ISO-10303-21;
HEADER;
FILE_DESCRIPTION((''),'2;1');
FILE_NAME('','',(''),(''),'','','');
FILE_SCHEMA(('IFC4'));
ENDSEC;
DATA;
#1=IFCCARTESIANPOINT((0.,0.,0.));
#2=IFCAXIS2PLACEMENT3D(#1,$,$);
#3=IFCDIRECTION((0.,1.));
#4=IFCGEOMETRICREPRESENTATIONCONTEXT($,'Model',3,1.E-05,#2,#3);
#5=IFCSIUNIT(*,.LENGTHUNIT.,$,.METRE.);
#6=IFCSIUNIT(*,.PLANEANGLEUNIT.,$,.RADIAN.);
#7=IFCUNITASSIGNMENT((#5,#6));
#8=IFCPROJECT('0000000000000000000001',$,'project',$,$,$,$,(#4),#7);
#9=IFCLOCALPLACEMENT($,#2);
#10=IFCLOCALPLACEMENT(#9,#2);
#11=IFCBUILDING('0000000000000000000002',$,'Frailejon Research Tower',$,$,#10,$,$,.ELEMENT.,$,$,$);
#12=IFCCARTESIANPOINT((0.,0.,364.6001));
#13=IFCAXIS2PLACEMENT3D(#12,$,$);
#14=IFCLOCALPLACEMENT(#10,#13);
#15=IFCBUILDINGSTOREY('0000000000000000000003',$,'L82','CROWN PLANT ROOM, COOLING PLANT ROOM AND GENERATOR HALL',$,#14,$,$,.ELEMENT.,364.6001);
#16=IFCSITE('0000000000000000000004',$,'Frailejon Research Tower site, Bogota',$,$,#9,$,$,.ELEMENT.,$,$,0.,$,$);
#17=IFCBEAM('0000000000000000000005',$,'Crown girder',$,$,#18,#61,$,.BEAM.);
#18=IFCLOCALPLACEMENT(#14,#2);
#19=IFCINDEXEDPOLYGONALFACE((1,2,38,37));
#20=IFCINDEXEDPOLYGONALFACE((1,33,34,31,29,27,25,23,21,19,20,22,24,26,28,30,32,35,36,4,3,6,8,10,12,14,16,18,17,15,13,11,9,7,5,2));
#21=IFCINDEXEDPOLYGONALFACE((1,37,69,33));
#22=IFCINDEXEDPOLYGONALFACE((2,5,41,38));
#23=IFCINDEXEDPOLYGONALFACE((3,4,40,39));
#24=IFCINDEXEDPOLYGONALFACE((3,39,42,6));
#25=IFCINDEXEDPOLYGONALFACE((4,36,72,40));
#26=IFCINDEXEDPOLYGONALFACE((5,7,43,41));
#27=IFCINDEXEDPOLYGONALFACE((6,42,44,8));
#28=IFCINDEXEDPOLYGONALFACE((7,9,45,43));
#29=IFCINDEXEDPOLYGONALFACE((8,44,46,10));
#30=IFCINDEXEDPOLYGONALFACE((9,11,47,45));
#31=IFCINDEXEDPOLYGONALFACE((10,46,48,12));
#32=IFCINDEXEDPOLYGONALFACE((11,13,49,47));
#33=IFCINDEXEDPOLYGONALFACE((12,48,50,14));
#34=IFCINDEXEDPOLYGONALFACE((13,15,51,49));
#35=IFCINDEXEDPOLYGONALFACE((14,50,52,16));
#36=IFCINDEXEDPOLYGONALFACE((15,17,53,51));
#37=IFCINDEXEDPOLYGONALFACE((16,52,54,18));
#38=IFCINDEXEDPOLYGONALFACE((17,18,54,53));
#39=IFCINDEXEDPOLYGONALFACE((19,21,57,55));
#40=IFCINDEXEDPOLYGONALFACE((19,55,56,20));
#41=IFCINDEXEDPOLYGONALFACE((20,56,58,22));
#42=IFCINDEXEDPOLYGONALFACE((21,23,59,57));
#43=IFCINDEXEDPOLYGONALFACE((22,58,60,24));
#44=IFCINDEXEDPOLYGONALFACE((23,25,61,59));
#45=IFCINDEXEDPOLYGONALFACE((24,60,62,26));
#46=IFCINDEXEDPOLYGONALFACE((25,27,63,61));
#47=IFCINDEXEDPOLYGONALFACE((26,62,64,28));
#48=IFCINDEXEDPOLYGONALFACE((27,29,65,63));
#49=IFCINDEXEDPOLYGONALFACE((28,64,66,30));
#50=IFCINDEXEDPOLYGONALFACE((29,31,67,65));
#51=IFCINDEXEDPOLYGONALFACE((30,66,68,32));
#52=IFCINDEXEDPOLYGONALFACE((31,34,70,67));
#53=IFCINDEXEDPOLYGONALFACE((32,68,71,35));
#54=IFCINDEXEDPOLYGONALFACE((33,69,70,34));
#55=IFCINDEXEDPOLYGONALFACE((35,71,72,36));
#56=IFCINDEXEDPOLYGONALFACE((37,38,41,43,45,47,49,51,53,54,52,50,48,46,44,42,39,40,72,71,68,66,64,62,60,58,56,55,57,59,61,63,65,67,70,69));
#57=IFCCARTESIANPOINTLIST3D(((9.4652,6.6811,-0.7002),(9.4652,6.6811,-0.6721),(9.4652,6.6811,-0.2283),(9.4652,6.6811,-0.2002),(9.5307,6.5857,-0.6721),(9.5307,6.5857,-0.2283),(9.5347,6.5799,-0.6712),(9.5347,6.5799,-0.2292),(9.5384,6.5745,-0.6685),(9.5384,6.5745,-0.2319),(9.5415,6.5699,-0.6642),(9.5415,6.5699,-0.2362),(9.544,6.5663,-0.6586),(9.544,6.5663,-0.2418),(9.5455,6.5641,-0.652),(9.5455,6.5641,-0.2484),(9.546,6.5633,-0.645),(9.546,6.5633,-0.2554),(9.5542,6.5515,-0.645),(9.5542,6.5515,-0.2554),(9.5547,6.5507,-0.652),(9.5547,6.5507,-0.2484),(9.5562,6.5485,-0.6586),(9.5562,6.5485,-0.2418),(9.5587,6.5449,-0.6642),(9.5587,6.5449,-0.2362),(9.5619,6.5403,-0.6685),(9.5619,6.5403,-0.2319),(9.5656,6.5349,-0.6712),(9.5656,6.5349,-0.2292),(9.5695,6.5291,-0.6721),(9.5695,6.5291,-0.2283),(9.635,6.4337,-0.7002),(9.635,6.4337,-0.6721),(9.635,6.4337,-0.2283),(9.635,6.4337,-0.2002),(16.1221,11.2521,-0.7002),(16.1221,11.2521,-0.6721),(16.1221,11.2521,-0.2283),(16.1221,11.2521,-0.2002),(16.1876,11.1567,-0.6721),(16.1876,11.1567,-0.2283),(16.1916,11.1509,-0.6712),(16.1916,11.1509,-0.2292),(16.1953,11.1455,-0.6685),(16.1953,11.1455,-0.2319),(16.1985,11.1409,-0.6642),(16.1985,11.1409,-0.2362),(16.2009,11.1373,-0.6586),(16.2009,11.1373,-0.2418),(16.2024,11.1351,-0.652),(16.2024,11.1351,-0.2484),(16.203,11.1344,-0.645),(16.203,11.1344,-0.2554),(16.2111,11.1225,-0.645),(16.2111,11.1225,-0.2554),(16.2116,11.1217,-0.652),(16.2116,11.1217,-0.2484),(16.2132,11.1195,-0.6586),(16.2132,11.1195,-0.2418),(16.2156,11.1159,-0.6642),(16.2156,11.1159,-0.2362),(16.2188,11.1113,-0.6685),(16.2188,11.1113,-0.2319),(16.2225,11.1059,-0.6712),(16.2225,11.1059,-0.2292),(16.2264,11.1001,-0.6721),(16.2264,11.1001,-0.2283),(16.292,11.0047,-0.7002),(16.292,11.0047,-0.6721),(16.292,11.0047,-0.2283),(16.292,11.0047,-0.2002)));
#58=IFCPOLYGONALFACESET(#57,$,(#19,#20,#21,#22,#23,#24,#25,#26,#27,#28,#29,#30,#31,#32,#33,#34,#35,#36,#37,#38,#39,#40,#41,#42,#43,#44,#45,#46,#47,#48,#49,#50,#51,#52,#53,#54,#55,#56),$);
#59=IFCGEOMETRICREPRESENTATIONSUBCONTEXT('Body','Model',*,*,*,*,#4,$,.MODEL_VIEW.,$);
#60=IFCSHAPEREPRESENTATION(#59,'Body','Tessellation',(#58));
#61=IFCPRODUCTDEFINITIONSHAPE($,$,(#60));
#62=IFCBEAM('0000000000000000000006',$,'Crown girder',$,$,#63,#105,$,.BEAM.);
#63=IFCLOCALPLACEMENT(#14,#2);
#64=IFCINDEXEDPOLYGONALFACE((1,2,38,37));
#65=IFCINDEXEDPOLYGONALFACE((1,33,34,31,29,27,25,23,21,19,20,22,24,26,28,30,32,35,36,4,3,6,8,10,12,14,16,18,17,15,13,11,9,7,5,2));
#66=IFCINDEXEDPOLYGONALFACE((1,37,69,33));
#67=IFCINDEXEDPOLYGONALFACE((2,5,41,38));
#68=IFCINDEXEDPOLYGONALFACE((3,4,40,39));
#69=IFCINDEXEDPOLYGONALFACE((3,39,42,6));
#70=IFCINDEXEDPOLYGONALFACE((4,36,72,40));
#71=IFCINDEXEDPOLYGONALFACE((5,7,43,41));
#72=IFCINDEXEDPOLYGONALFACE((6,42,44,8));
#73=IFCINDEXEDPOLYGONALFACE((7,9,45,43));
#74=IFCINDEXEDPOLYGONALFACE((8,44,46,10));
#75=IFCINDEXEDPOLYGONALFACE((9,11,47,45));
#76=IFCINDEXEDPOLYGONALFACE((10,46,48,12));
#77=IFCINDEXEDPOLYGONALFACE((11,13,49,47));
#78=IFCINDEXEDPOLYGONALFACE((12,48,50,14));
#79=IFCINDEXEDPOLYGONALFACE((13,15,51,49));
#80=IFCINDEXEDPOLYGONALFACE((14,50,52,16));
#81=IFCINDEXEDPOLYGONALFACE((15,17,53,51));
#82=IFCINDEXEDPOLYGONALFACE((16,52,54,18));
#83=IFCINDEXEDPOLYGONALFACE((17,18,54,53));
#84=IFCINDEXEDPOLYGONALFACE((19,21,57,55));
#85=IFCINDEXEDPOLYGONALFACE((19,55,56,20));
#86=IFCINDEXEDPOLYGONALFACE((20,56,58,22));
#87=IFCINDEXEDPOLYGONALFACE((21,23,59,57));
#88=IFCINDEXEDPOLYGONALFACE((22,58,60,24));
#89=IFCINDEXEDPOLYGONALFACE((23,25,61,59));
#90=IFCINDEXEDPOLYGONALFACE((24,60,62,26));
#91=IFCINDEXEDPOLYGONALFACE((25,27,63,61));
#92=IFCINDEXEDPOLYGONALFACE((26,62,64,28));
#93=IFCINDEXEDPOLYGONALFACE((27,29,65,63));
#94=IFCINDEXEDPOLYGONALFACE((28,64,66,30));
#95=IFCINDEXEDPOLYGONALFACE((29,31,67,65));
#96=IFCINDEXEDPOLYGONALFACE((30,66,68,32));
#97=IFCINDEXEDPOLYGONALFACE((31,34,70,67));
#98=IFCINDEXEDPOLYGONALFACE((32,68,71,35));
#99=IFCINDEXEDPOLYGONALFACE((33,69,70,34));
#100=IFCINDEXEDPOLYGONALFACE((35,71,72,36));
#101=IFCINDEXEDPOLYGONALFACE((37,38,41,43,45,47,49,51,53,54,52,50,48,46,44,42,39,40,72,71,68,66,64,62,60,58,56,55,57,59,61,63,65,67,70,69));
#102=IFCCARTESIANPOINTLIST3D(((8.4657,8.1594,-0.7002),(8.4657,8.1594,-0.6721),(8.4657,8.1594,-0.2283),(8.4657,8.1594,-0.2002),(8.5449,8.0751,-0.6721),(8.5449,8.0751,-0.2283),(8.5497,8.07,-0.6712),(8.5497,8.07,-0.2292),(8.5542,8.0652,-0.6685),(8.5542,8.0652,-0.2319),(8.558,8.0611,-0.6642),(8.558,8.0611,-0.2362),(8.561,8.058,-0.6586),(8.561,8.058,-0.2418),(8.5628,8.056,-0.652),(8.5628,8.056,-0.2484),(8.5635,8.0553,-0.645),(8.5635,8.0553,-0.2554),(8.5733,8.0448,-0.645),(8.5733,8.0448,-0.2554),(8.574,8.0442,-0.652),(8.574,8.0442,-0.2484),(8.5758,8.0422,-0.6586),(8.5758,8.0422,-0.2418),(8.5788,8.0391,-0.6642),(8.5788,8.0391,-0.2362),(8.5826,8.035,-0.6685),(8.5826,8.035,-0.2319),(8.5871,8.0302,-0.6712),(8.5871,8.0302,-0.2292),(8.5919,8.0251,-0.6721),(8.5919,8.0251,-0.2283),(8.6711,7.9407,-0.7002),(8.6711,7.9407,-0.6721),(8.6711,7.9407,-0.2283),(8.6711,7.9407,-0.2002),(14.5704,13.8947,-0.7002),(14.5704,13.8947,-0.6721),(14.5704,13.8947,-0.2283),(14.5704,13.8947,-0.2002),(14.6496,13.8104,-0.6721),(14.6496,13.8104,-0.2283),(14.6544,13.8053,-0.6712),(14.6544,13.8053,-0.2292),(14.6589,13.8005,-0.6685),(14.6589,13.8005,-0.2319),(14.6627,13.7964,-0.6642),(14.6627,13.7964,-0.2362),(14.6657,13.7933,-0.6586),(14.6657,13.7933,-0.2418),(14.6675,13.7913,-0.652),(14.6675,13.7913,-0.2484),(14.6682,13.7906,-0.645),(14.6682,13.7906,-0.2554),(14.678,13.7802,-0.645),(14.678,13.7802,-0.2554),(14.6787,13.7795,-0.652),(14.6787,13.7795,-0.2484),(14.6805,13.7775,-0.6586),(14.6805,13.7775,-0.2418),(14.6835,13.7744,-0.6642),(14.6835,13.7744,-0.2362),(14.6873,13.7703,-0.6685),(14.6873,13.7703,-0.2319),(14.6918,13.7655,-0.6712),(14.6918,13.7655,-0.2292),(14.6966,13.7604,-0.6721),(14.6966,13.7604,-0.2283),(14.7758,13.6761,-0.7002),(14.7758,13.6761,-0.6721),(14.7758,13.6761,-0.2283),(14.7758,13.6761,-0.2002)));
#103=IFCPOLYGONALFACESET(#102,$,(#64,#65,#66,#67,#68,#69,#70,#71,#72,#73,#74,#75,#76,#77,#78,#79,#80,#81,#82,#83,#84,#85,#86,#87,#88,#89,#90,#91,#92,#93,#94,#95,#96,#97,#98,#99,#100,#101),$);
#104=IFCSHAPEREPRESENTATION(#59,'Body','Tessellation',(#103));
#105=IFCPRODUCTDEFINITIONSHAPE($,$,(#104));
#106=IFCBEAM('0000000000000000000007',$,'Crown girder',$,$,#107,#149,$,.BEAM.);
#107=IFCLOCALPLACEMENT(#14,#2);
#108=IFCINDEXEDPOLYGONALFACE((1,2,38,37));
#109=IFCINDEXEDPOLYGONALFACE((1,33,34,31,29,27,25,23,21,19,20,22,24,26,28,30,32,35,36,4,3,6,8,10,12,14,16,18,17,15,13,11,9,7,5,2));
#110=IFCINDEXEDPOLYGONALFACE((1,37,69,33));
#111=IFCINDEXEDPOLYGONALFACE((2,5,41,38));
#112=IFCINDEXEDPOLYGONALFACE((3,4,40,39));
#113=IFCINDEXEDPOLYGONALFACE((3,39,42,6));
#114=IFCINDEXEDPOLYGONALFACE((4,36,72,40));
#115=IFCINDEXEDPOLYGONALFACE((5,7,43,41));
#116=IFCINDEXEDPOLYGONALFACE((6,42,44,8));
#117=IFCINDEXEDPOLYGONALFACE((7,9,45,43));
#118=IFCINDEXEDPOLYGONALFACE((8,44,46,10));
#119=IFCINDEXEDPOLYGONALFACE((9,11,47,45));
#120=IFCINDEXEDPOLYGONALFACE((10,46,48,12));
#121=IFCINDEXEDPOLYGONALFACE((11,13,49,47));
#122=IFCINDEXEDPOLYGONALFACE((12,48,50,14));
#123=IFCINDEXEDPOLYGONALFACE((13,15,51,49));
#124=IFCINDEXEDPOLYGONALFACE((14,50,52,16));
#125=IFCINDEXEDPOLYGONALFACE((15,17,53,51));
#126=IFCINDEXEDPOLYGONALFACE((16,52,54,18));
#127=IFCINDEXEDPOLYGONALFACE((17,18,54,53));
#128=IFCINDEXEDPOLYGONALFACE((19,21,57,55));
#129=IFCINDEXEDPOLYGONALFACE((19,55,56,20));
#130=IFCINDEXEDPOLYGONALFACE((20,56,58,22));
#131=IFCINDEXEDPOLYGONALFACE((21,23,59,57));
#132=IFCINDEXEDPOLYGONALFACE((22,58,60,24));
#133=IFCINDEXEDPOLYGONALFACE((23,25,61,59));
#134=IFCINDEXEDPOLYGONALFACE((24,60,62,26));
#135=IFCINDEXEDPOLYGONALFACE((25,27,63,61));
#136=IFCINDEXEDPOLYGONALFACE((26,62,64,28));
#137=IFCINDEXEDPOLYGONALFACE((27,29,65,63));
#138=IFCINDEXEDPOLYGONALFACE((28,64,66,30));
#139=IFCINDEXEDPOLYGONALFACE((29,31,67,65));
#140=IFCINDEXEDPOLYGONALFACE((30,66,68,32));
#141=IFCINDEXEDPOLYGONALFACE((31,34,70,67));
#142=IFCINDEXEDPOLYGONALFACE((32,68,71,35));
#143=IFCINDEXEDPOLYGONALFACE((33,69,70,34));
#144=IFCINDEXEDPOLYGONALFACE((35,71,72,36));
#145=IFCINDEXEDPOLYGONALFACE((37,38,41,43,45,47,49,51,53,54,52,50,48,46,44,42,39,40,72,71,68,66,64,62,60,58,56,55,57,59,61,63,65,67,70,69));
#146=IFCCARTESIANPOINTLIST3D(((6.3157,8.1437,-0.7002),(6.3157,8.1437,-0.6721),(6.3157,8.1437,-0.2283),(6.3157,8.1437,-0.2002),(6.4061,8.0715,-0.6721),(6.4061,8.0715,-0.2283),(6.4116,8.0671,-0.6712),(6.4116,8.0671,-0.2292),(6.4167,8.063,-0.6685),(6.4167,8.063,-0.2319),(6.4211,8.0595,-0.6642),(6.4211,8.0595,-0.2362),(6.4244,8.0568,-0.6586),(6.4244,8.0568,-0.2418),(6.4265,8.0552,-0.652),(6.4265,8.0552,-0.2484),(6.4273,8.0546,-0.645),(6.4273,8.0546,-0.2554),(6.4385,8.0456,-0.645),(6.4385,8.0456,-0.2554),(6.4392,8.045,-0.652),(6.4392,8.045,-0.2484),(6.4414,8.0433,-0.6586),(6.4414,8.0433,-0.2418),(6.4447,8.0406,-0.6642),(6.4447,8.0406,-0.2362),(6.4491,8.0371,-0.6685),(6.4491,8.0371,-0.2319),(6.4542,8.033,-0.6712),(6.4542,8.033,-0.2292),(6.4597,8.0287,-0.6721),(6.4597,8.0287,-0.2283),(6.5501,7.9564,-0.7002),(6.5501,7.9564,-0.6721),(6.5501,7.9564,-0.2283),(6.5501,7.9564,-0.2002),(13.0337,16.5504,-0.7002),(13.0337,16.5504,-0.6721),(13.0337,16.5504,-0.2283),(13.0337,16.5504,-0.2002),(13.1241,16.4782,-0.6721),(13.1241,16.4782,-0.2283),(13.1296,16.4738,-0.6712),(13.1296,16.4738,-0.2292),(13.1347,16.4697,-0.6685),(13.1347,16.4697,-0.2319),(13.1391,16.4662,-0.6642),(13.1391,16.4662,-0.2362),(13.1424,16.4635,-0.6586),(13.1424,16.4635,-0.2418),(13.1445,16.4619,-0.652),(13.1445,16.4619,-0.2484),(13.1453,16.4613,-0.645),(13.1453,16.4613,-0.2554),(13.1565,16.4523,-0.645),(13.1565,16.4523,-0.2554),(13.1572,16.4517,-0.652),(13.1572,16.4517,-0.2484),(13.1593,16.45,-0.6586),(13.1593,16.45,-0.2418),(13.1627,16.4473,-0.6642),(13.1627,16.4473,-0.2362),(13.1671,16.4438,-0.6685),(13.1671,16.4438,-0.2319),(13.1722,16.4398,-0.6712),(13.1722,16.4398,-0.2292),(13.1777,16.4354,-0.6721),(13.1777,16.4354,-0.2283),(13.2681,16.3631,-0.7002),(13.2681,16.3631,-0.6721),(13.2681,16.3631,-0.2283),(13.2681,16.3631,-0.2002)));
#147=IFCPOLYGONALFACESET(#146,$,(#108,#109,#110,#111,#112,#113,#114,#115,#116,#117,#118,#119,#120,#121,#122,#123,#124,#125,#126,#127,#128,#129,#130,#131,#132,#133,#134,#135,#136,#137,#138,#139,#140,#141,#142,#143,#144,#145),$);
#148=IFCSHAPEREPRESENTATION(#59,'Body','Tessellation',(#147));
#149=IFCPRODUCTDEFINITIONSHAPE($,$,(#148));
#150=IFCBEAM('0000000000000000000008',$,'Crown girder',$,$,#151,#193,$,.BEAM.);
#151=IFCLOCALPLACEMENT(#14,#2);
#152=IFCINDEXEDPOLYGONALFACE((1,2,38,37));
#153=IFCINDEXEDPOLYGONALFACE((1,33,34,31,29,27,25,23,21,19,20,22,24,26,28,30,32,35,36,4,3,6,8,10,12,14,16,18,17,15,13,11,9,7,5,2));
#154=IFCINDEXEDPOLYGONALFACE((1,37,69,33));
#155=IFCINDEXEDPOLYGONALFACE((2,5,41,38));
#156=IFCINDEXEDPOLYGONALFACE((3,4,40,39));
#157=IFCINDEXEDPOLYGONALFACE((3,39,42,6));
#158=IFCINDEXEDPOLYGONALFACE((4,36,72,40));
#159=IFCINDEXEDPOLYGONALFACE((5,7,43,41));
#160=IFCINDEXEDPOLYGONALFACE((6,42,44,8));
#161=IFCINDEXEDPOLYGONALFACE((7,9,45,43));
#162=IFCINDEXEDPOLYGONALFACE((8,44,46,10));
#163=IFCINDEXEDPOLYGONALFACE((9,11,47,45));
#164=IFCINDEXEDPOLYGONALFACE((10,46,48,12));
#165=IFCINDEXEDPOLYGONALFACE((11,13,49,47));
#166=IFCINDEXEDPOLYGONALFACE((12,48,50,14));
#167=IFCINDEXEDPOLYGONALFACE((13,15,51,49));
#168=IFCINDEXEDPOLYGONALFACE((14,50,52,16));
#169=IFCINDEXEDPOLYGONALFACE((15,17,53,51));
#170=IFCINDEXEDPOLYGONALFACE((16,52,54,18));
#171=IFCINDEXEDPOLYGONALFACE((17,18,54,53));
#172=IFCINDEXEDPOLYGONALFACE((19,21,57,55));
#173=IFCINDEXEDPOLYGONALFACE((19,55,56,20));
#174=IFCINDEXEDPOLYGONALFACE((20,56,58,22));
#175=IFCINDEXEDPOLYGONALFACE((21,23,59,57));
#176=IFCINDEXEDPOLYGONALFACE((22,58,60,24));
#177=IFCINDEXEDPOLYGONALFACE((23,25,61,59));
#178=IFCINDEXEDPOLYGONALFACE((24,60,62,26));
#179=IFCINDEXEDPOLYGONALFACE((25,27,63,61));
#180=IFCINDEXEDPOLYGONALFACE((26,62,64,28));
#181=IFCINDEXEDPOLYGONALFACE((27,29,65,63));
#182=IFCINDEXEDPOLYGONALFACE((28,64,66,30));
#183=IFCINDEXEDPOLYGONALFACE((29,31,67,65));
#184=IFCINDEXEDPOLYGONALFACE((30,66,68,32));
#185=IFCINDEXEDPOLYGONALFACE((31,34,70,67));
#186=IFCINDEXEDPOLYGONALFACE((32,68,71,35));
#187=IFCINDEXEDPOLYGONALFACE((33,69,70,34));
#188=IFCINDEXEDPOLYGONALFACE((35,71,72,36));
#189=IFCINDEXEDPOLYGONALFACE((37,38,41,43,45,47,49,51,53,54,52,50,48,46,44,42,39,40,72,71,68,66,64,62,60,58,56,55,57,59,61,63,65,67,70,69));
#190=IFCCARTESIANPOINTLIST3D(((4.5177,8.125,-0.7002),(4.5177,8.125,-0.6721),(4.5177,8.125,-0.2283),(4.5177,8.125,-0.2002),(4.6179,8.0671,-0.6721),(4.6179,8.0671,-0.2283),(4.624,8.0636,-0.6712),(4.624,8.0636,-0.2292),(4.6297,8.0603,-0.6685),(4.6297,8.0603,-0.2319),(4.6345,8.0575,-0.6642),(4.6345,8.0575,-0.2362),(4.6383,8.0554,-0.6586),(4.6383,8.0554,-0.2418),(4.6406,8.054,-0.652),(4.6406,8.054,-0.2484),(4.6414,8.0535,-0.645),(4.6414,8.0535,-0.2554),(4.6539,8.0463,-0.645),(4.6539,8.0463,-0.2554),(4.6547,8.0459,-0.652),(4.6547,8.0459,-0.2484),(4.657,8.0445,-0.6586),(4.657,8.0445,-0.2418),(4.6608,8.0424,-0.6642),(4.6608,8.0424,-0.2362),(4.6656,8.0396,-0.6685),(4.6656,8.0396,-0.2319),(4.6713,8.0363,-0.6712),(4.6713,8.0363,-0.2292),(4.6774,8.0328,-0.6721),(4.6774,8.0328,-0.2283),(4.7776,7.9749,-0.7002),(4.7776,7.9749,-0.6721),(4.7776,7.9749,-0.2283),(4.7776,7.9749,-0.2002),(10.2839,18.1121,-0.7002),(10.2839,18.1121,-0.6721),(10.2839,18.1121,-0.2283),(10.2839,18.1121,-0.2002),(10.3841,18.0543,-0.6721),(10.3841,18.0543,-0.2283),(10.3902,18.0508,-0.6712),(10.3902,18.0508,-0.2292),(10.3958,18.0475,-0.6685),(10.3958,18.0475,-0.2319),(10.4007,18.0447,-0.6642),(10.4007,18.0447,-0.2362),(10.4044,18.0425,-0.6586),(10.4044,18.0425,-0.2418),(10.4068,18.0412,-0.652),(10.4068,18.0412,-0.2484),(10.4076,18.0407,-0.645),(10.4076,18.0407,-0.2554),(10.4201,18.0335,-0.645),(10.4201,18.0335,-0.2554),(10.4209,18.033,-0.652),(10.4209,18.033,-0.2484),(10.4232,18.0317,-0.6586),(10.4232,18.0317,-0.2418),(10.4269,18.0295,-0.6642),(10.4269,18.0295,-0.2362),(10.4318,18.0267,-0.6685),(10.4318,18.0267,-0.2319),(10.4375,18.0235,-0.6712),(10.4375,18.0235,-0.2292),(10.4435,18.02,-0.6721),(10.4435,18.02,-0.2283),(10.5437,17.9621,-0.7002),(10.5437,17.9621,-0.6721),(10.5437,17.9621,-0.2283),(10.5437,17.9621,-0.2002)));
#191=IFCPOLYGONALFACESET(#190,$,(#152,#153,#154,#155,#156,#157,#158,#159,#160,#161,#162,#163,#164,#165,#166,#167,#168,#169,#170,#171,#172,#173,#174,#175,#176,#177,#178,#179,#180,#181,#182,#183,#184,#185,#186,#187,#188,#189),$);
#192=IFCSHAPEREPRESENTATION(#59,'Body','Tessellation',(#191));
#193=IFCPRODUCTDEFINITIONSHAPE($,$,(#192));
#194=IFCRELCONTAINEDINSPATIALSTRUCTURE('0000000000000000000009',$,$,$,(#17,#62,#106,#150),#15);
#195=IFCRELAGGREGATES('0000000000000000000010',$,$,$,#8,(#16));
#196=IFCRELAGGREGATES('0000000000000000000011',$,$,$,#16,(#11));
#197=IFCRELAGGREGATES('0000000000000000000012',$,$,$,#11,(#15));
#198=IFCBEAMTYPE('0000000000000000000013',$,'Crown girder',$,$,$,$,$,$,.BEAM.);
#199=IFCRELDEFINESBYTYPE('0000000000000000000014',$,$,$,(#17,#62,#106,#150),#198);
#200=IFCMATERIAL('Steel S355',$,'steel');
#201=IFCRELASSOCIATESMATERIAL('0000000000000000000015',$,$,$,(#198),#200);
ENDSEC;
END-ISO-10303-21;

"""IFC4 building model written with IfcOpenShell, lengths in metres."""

from ifc_helpers import new_model, si_unit, direction, frame, origin, origin_2d, place, context, subcontext, project, spatial, i_section, extrude, material, material_profile, profile_set, type_object, element, save


model = new_model("IFC4")

# Units and contexts
model_context = context("Model", 3, precision=1e-05, world=origin(), true_north=direction((0.0, 1.0)))
body_context = subcontext(model_context, "Body", "Model", "MODEL_VIEW")
ifc_project = project(units=[si_unit("LENGTHUNIT", "METRE"), si_unit("PLANEANGLEUNIT", "RADIAN")], contexts=[model_context])

# Site, building, storey
site_placement = place(None, origin())
site = spatial("IfcSite", under=ifc_project, at=site_placement, Name="Frailejon Research Tower site, Bogota", CompositionType="ELEMENT", RefElevation=0.0)
building_placement = place(site_placement, origin())
building = spatial("IfcBuilding", under=site, at=building_placement, Name="Frailejon Research Tower", CompositionType="ELEMENT")
storey_placement = place(building_placement, frame((0.0, 0.0, 364.6001)))
storey = spatial("IfcBuildingStorey", under=building, at=storey_placement, Name="L82", Description="CROWN PLANT ROOM, COOLING PLANT ROOM AND GENERATOR HALL", CompositionType="ELEMENT", Elevation=364.6001)

# Beams
ifc_material_1 = material(Name="Steel S355", Category="steel")
ifc_material_profile_1 = material_profile(ifc_material_1, i_section(OverallWidth=0.3, OverallDepth=0.5, WebThickness=0.0144, FlangeThickness=0.0281, FilletRadius=0.0271, at=origin_2d()), Name="HE 500 B")
ifc_profile_set_1 = profile_set([ifc_material_profile_1], Name="Steel S355")
beam_type_1 = type_object("IfcBeamType", Name="Crown girder", PredefinedType="BEAM", material=ifc_profile_set_1)
beam_1_placement = place(storey_placement, frame((16.207, 11.1284, -0.4502), z_axis=(-0.824367, -0.566055, 0.0), x_axis=(0.566055, -0.824367, 0.0)))
element("IfcBeam", 1, at=beam_1_placement, inside=storey, type_object=beam_type_1, Name="Crown girder", PredefinedType="BEAM", context=body_context, shape_type="SweptSolid", body=[
    extrude(i_section(OverallWidth=0.3, OverallDepth=0.5, WebThickness=0.0144, FlangeThickness=0.0281, FilletRadius=0.0271, at=origin_2d()), origin(), (0.0, 0.0, 1.0), 8.0752),
])
beam_2_placement = place(storey_placement, frame((14.6731, 13.7854, -0.4502), z_axis=(-0.728812, -0.684713, 0.0), x_axis=(0.684713, -0.728812, 0.0)))
element("IfcBeam", 2, at=beam_2_placement, inside=storey, type_object=beam_type_1, Name="Crown girder", PredefinedType="BEAM", context=body_context, shape_type="SweptSolid", body=[
    extrude(i_section(OverallWidth=0.3, OverallDepth=0.5, WebThickness=0.0144, FlangeThickness=0.0281, FilletRadius=0.0271, at=origin_2d()), origin(), (0.0, 0.0, 1.0), 8.3762),
])
beam_3_placement = place(storey_placement, frame((13.1509, 16.4568, -0.4502), z_axis=(-0.624277, -0.781203, 0.0), x_axis=(0.781203, -0.624277, 0.0)))
element("IfcBeam", 3, at=beam_3_placement, inside=storey, type_object=beam_type_1, Name="Crown girder", PredefinedType="BEAM", context=body_context, shape_type="SweptSolid", body=[
    extrude(i_section(OverallWidth=0.3, OverallDepth=0.5, WebThickness=0.0144, FlangeThickness=0.0281, FilletRadius=0.0271, at=origin_2d()), origin(), (0.0, 0.0, 1.0), 10.7612),
])
beam_4_placement = place(storey_placement, frame((10.4138, 18.0371, -0.4502), z_axis=(-0.500005, -0.866022, 0.0), x_axis=(0.866022, -0.500005, 0.0)))
element("IfcBeam", 4, at=beam_4_placement, inside=storey, type_object=beam_type_1, Name="Crown girder", PredefinedType="BEAM", context=body_context, shape_type="SweptSolid", body=[
    extrude(i_section(OverallWidth=0.3, OverallDepth=0.5, WebThickness=0.0144, FlangeThickness=0.0281, FilletRadius=0.0271, at=origin_2d()), origin(), (0.0, 0.0, 1.0), 11.5322),
])

save(model, "model.ifc")
